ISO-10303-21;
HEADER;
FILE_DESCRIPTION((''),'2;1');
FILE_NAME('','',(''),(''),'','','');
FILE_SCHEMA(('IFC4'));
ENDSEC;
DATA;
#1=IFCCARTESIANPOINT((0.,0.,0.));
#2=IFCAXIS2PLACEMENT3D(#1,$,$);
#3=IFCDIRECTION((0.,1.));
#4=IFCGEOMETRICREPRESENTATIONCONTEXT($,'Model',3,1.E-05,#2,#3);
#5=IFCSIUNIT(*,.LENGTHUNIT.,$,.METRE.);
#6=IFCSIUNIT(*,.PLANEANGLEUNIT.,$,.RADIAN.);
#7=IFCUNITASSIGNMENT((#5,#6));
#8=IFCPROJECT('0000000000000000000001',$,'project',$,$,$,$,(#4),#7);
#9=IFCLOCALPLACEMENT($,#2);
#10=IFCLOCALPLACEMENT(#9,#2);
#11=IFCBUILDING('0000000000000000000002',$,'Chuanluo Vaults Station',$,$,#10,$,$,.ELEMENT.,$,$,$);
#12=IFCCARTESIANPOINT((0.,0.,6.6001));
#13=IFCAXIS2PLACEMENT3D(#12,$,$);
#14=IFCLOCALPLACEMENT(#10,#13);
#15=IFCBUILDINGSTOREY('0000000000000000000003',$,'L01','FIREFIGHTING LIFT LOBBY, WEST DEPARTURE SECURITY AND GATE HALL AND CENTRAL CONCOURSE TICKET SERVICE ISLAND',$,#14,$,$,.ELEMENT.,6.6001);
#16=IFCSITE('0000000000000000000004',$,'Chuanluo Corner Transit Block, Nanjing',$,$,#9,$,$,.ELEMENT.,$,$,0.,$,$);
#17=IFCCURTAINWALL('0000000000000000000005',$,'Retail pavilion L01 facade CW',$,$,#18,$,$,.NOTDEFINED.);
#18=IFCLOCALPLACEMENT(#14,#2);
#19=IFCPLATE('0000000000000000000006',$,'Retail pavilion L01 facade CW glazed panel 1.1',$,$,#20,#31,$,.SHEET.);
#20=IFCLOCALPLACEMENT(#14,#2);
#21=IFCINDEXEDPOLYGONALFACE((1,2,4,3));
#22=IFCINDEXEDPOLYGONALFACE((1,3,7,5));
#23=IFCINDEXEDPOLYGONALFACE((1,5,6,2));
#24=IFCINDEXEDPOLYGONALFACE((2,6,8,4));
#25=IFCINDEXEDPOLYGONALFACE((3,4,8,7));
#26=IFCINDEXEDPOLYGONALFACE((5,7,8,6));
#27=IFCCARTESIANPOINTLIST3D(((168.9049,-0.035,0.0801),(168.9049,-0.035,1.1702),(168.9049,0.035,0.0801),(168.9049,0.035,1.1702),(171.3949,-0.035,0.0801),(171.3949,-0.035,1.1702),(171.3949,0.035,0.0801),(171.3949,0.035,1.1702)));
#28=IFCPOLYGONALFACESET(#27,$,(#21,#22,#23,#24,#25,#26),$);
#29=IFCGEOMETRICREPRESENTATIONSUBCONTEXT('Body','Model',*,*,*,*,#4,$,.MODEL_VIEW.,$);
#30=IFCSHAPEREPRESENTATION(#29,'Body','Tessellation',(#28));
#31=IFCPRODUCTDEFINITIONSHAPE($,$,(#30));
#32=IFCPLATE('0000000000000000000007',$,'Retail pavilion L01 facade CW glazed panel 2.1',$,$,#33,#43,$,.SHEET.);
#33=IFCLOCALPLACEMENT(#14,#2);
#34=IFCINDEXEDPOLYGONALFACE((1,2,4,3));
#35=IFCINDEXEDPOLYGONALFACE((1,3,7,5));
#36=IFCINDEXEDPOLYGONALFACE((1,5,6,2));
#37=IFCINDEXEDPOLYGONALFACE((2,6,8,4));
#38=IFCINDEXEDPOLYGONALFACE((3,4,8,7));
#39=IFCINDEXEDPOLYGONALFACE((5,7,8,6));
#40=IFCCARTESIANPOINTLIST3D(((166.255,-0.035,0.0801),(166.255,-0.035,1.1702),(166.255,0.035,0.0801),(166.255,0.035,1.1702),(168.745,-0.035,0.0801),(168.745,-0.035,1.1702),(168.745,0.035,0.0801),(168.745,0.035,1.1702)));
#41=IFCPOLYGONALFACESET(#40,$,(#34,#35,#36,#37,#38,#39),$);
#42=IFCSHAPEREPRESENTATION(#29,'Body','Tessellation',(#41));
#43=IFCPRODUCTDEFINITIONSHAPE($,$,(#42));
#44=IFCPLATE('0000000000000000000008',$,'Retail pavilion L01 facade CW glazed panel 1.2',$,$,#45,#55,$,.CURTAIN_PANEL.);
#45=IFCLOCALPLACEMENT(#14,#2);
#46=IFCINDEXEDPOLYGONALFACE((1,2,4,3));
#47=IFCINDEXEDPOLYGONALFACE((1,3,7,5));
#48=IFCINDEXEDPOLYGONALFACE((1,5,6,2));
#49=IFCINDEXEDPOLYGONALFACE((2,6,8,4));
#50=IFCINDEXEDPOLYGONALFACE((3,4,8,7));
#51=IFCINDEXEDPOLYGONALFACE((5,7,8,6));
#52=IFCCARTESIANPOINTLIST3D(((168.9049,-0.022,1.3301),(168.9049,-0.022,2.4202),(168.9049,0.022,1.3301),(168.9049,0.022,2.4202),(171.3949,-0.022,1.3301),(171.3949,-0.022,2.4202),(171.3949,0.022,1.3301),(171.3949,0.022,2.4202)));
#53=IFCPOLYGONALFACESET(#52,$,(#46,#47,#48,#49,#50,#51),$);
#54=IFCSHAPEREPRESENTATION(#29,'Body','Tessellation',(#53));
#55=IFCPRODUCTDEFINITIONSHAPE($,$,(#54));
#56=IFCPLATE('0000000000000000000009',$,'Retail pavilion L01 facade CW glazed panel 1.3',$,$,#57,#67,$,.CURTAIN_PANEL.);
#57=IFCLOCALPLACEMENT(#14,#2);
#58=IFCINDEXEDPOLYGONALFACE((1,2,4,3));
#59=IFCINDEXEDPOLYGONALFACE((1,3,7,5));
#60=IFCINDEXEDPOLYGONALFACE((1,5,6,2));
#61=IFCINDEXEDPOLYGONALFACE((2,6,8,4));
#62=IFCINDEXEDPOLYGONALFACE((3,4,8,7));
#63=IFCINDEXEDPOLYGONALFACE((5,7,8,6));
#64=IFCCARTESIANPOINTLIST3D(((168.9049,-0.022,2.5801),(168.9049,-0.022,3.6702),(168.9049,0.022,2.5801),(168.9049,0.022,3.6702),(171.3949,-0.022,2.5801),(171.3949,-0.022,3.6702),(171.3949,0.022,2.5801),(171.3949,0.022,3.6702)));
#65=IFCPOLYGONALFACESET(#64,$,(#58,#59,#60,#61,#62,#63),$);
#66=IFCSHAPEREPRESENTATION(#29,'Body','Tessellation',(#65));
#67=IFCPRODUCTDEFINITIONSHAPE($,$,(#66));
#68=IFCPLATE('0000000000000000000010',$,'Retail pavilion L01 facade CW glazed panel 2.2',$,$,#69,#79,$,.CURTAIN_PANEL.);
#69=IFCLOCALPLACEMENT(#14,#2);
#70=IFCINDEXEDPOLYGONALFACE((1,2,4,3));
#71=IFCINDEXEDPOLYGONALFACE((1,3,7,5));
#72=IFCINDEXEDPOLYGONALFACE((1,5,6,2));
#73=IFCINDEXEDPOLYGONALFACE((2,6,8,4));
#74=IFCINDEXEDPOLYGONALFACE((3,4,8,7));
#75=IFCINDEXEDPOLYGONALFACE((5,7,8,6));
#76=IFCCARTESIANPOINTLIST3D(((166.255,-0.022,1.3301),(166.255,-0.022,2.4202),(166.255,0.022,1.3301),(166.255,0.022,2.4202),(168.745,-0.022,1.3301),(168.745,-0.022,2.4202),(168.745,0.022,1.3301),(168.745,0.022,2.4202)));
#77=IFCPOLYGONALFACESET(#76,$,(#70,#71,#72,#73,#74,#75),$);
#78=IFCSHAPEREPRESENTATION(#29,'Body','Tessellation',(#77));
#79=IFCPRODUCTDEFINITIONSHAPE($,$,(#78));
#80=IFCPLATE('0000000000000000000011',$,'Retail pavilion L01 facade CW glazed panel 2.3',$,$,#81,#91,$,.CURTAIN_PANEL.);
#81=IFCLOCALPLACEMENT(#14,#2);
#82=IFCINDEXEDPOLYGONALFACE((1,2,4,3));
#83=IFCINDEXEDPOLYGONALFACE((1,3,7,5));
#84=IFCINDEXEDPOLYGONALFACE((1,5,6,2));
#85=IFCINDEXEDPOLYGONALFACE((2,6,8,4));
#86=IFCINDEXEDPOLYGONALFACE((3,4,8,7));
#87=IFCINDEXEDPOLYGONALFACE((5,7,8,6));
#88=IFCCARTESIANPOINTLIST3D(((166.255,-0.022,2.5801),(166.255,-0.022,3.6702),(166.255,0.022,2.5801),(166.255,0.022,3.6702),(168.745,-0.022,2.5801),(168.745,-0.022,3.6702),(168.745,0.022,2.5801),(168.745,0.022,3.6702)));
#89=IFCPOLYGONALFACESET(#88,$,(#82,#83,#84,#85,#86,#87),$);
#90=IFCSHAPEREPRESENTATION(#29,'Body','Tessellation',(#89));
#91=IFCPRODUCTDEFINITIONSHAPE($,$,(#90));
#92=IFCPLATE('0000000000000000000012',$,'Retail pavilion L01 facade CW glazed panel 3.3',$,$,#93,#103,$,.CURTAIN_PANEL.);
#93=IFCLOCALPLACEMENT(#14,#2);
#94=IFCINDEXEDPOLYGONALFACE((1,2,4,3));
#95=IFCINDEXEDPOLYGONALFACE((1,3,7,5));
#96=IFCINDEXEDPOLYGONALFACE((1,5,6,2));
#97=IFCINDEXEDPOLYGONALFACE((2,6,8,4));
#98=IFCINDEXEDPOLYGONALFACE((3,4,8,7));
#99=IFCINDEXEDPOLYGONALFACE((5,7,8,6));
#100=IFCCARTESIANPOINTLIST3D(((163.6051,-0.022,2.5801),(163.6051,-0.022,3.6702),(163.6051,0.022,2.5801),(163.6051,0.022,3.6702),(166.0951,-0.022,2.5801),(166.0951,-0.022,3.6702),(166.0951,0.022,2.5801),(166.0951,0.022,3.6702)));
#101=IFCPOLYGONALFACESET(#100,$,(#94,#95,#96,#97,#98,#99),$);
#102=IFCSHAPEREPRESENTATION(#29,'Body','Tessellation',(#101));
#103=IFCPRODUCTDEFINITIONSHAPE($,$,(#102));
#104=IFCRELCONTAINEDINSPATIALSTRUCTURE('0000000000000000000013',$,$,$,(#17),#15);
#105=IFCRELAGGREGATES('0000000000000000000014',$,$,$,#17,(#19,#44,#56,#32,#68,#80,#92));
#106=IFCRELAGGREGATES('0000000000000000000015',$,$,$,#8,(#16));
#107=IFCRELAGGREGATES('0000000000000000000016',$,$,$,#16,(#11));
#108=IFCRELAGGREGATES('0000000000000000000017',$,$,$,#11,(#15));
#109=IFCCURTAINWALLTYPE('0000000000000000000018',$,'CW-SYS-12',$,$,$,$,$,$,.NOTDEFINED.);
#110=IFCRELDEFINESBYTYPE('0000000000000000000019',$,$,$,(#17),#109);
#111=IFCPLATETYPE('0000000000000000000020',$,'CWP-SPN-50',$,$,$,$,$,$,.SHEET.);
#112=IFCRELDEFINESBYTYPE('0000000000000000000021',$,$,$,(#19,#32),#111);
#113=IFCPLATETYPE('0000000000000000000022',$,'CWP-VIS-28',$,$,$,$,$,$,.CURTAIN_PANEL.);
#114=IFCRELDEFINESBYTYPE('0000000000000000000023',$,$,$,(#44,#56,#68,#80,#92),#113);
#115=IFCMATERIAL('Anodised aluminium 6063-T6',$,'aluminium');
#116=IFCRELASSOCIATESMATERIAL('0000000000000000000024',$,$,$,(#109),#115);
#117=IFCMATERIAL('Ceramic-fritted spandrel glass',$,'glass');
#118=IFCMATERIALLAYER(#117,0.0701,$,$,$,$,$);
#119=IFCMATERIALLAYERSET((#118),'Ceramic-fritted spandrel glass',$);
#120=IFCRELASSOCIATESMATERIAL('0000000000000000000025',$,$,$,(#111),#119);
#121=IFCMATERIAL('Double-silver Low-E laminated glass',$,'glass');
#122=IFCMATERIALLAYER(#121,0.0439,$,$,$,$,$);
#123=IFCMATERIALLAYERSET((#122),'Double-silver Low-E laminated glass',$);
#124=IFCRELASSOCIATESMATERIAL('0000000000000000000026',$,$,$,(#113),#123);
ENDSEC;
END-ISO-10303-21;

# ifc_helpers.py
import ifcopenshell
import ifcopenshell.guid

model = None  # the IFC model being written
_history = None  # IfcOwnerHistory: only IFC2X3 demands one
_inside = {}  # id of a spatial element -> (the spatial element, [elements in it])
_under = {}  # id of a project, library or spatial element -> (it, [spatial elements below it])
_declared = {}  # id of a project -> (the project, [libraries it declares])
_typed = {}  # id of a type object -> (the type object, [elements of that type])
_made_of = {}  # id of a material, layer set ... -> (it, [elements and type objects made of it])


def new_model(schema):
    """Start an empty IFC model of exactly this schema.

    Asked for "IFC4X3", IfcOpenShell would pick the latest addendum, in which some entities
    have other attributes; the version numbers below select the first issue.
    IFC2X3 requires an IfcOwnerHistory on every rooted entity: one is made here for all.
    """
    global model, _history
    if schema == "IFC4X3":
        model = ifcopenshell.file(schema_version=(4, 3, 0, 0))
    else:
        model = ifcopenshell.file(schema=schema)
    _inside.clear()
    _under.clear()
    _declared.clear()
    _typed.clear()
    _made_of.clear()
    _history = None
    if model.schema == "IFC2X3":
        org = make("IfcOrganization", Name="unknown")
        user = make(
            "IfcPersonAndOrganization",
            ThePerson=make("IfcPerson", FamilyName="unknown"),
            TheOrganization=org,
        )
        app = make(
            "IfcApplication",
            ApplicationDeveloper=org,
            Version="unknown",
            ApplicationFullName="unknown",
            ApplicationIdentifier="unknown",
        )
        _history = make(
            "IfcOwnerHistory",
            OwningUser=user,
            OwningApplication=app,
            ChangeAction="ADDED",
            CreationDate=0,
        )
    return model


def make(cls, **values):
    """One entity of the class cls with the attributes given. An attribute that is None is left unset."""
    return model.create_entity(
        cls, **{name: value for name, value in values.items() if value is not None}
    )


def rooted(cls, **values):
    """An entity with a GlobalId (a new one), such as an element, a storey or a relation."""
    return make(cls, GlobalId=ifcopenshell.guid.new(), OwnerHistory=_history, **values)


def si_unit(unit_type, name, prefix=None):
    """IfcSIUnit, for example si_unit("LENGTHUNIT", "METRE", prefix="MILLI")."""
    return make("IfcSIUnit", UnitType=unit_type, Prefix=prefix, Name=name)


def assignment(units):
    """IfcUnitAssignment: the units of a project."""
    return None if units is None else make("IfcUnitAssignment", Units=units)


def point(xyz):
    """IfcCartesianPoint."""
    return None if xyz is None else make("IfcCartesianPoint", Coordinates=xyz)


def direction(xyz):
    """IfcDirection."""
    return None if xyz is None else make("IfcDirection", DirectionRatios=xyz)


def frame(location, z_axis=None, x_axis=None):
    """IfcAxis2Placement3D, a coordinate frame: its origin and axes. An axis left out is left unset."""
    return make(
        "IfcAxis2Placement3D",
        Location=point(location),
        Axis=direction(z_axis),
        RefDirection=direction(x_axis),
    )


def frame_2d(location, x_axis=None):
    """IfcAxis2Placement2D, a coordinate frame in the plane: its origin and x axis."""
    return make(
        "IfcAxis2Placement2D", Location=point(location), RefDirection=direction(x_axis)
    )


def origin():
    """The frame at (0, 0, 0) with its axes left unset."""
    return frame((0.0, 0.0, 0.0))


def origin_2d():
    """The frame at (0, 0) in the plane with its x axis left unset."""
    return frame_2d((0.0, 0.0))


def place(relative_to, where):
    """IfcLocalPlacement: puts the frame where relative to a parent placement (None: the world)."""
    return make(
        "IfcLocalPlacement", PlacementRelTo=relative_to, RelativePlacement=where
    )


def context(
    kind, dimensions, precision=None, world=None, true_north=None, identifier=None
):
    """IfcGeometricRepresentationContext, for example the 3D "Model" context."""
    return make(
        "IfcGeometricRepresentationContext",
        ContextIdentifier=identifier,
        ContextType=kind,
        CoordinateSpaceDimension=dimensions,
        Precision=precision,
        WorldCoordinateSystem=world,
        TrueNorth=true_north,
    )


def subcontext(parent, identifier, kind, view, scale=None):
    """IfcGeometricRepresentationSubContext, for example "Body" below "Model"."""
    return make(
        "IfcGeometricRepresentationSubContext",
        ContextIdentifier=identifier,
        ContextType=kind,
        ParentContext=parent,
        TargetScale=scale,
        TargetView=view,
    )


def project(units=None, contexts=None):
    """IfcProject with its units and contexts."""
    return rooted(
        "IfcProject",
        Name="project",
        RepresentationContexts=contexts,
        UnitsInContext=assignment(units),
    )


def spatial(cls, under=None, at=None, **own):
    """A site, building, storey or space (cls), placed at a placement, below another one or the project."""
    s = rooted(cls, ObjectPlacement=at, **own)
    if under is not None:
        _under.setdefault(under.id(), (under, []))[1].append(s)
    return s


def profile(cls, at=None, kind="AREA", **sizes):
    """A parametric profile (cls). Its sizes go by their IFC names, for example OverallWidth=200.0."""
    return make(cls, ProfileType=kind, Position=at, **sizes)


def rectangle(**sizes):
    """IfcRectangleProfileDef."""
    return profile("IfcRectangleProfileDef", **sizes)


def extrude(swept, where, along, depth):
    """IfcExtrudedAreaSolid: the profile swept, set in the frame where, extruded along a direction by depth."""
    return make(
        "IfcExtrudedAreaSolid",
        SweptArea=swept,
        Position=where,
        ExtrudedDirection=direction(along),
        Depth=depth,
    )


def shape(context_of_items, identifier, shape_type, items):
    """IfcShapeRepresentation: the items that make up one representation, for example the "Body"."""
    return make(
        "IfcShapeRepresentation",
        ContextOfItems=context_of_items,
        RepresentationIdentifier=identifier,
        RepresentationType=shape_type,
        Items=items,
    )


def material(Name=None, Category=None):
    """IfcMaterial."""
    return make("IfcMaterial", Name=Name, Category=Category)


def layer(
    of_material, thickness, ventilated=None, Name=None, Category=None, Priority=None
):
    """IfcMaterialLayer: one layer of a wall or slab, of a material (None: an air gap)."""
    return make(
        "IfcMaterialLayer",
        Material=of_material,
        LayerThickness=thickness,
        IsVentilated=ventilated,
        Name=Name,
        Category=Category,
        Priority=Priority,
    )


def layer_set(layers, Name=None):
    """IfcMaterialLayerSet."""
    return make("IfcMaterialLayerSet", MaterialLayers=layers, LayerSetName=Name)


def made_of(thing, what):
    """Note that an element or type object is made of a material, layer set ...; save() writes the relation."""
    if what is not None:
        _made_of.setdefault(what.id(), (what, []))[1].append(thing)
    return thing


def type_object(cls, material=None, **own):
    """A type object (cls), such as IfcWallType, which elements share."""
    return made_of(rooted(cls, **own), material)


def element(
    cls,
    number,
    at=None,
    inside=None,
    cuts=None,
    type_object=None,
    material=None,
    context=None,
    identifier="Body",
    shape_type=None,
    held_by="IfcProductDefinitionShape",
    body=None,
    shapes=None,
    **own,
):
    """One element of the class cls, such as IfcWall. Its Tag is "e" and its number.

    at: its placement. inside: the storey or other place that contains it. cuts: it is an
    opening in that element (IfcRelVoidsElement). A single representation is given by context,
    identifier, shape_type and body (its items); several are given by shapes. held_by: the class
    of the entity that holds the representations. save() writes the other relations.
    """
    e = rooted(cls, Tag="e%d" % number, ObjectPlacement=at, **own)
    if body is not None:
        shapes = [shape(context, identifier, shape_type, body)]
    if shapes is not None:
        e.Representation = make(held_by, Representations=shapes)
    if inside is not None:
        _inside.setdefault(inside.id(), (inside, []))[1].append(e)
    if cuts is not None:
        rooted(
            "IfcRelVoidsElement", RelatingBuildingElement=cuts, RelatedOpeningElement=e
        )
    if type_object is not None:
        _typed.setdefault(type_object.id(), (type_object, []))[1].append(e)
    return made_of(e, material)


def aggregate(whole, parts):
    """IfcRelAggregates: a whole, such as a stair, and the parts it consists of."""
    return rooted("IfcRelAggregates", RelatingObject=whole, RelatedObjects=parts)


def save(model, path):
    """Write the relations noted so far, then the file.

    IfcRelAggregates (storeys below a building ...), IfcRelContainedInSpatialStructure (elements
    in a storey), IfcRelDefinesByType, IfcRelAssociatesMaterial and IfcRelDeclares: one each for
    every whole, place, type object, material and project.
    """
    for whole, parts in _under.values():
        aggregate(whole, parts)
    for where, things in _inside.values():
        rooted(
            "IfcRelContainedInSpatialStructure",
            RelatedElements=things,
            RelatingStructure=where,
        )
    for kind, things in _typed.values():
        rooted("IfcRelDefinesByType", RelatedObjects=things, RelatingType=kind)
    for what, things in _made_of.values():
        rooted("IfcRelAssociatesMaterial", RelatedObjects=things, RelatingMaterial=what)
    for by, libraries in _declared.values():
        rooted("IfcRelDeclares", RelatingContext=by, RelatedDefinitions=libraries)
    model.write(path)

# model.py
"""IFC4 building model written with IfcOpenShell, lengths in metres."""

from ifc_helpers import new_model, si_unit, direction, frame, origin, origin_2d, place, context, subcontext, project, spatial, rectangle, extrude, material, layer, layer_set, type_object, element, aggregate, save


model = new_model("IFC4")

# Units and contexts
model_context = context("Model", 3, precision=1e-05, world=origin(), true_north=direction((0.0, 1.0)))
body_context = subcontext(model_context, "Body", "Model", "MODEL_VIEW")
ifc_project = project(units=[si_unit("LENGTHUNIT", "METRE"), si_unit("PLANEANGLEUNIT", "RADIAN")], contexts=[model_context])

# Site, building, storey
site_placement = place(None, origin())
site = spatial("IfcSite", under=ifc_project, at=site_placement, Name="Chuanluo Corner Transit Block, Nanjing", CompositionType="ELEMENT", RefElevation=0.0)
building_placement = place(site_placement, origin())
building = spatial("IfcBuilding", under=site, at=building_placement, Name="Chuanluo Vaults Station", CompositionType="ELEMENT")
storey_placement = place(building_placement, frame((0.0, 0.0, 6.6001)))
storey = spatial("IfcBuildingStorey", under=building, at=storey_placement, Name="L01", Description="FIREFIGHTING LIFT LOBBY, WEST DEPARTURE SECURITY AND GATE HALL AND CENTRAL CONCOURSE TICKET SERVICE ISLAND", CompositionType="ELEMENT", Elevation=6.6001)

# Curtain wall, plates
ifc_material_1 = material(Name="Anodised aluminium 6063-T6", Category="aluminium")
curtain_wall_type = type_object("IfcCurtainWallType", Name="CW-SYS-12", PredefinedType="NOTDEFINED", material=ifc_material_1)
curtain_wall_placement = place(storey_placement, origin())
curtain_wall = element("IfcCurtainWall", 1, at=curtain_wall_placement, inside=storey, type_object=curtain_wall_type, Name="Retail pavilion L01 facade CW", PredefinedType="NOTDEFINED")
ifc_material_2 = material(Name="Ceramic-fritted spandrel glass", Category="glass")
ifc_layer_1 = layer(ifc_material_2, 0.0701)
ifc_layer_set_1 = layer_set([ifc_layer_1], Name="Ceramic-fritted spandrel glass")
plate_type_1 = type_object("IfcPlateType", Name="CWP-SPN-50", PredefinedType="SHEET", material=ifc_layer_set_1)
plate_1_placement = place(storey_placement, frame((170.1499, 0.0, 0.0801), z_axis=(0.0, 0.0, 1.0), x_axis=(-1.0, 0.0, 0.0)))
plate_1 = element("IfcPlate", 2, at=plate_1_placement, type_object=plate_type_1, Name="Retail pavilion L01 facade CW glazed panel 1.1", PredefinedType="SHEET", context=body_context, shape_type="SweptSolid", body=[
    extrude(rectangle(XDim=2.49, YDim=0.0701, at=origin_2d()), origin(), (0.0, 0.0, 1.0), 1.0901),
])
plate_2_placement = place(storey_placement, frame((167.5, 0.0, 0.0801), z_axis=(0.0, 0.0, 1.0), x_axis=(-1.0, 0.0, 0.0)))
plate_2 = element("IfcPlate", 3, at=plate_2_placement, type_object=plate_type_1, Name="Retail pavilion L01 facade CW glazed panel 2.1", PredefinedType="SHEET", context=body_context, shape_type="SweptSolid", body=[
    extrude(rectangle(XDim=2.49, YDim=0.0701, at=origin_2d()), origin(), (0.0, 0.0, 1.0), 1.0901),
])
ifc_material_3 = material(Name="Double-silver Low-E laminated glass", Category="glass")
ifc_layer_2 = layer(ifc_material_3, 0.0439)
ifc_layer_set_2 = layer_set([ifc_layer_2], Name="Double-silver Low-E laminated glass")
plate_type_2 = type_object("IfcPlateType", Name="CWP-VIS-28", PredefinedType="CURTAIN_PANEL", material=ifc_layer_set_2)
plate_3_placement = place(storey_placement, frame((170.1499, 0.0, 1.3301), z_axis=(0.0, 0.0, 1.0), x_axis=(-1.0, 0.0, 0.0)))
plate_3 = element("IfcPlate", 4, at=plate_3_placement, type_object=plate_type_2, Name="Retail pavilion L01 facade CW glazed panel 1.2", PredefinedType="CURTAIN_PANEL", context=body_context, shape_type="SweptSolid", body=[
    extrude(rectangle(XDim=2.49, YDim=0.0439, at=origin_2d()), origin(), (0.0, 0.0, 1.0), 1.0901),
])
plate_4_placement = place(storey_placement, frame((170.1499, 0.0, 2.5801), z_axis=(0.0, 0.0, 1.0), x_axis=(-1.0, 0.0, 0.0)))
plate_4 = element("IfcPlate", 5, at=plate_4_placement, type_object=plate_type_2, Name="Retail pavilion L01 facade CW glazed panel 1.3", PredefinedType="CURTAIN_PANEL", context=body_context, shape_type="SweptSolid", body=[
    extrude(rectangle(XDim=2.49, YDim=0.0439, at=origin_2d()), origin(), (0.0, 0.0, 1.0), 1.0901),
])
plate_5_placement = place(storey_placement, frame((167.5, 0.0, 1.3301), z_axis=(0.0, 0.0, 1.0), x_axis=(-1.0, 0.0, 0.0)))
plate_5 = element("IfcPlate", 6, at=plate_5_placement, type_object=plate_type_2, Name="Retail pavilion L01 facade CW glazed panel 2.2", PredefinedType="CURTAIN_PANEL", context=body_context, shape_type="SweptSolid", body=[
    extrude(rectangle(XDim=2.49, YDim=0.0439, at=origin_2d()), origin(), (0.0, 0.0, 1.0), 1.0901),
])
plate_6_placement = place(storey_placement, frame((167.5, 0.0, 2.5801), z_axis=(0.0, 0.0, 1.0), x_axis=(-1.0, 0.0, 0.0)))
plate_6 = element("IfcPlate", 7, at=plate_6_placement, type_object=plate_type_2, Name="Retail pavilion L01 facade CW glazed panel 2.3", PredefinedType="CURTAIN_PANEL", context=body_context, shape_type="SweptSolid", body=[
    extrude(rectangle(XDim=2.49, YDim=0.0439, at=origin_2d()), origin(), (0.0, 0.0, 1.0), 1.0901),
])
plate_7_placement = place(storey_placement, frame((164.8501, 0.0, 2.5801), z_axis=(0.0, 0.0, 1.0), x_axis=(-1.0, 0.0, 0.0)))
plate_7 = element("IfcPlate", 8, at=plate_7_placement, type_object=plate_type_2, Name="Retail pavilion L01 facade CW glazed panel 3.3", PredefinedType="CURTAIN_PANEL", context=body_context, shape_type="SweptSolid", body=[
    extrude(rectangle(XDim=2.49, YDim=0.0439, at=origin_2d()), origin(), (0.0, 0.0, 1.0), 1.0901),
])
aggregate(curtain_wall, [plate_1, plate_3, plate_4, plate_2, plate_5, plate_6, plate_7])

save(model, "model.ifc")
